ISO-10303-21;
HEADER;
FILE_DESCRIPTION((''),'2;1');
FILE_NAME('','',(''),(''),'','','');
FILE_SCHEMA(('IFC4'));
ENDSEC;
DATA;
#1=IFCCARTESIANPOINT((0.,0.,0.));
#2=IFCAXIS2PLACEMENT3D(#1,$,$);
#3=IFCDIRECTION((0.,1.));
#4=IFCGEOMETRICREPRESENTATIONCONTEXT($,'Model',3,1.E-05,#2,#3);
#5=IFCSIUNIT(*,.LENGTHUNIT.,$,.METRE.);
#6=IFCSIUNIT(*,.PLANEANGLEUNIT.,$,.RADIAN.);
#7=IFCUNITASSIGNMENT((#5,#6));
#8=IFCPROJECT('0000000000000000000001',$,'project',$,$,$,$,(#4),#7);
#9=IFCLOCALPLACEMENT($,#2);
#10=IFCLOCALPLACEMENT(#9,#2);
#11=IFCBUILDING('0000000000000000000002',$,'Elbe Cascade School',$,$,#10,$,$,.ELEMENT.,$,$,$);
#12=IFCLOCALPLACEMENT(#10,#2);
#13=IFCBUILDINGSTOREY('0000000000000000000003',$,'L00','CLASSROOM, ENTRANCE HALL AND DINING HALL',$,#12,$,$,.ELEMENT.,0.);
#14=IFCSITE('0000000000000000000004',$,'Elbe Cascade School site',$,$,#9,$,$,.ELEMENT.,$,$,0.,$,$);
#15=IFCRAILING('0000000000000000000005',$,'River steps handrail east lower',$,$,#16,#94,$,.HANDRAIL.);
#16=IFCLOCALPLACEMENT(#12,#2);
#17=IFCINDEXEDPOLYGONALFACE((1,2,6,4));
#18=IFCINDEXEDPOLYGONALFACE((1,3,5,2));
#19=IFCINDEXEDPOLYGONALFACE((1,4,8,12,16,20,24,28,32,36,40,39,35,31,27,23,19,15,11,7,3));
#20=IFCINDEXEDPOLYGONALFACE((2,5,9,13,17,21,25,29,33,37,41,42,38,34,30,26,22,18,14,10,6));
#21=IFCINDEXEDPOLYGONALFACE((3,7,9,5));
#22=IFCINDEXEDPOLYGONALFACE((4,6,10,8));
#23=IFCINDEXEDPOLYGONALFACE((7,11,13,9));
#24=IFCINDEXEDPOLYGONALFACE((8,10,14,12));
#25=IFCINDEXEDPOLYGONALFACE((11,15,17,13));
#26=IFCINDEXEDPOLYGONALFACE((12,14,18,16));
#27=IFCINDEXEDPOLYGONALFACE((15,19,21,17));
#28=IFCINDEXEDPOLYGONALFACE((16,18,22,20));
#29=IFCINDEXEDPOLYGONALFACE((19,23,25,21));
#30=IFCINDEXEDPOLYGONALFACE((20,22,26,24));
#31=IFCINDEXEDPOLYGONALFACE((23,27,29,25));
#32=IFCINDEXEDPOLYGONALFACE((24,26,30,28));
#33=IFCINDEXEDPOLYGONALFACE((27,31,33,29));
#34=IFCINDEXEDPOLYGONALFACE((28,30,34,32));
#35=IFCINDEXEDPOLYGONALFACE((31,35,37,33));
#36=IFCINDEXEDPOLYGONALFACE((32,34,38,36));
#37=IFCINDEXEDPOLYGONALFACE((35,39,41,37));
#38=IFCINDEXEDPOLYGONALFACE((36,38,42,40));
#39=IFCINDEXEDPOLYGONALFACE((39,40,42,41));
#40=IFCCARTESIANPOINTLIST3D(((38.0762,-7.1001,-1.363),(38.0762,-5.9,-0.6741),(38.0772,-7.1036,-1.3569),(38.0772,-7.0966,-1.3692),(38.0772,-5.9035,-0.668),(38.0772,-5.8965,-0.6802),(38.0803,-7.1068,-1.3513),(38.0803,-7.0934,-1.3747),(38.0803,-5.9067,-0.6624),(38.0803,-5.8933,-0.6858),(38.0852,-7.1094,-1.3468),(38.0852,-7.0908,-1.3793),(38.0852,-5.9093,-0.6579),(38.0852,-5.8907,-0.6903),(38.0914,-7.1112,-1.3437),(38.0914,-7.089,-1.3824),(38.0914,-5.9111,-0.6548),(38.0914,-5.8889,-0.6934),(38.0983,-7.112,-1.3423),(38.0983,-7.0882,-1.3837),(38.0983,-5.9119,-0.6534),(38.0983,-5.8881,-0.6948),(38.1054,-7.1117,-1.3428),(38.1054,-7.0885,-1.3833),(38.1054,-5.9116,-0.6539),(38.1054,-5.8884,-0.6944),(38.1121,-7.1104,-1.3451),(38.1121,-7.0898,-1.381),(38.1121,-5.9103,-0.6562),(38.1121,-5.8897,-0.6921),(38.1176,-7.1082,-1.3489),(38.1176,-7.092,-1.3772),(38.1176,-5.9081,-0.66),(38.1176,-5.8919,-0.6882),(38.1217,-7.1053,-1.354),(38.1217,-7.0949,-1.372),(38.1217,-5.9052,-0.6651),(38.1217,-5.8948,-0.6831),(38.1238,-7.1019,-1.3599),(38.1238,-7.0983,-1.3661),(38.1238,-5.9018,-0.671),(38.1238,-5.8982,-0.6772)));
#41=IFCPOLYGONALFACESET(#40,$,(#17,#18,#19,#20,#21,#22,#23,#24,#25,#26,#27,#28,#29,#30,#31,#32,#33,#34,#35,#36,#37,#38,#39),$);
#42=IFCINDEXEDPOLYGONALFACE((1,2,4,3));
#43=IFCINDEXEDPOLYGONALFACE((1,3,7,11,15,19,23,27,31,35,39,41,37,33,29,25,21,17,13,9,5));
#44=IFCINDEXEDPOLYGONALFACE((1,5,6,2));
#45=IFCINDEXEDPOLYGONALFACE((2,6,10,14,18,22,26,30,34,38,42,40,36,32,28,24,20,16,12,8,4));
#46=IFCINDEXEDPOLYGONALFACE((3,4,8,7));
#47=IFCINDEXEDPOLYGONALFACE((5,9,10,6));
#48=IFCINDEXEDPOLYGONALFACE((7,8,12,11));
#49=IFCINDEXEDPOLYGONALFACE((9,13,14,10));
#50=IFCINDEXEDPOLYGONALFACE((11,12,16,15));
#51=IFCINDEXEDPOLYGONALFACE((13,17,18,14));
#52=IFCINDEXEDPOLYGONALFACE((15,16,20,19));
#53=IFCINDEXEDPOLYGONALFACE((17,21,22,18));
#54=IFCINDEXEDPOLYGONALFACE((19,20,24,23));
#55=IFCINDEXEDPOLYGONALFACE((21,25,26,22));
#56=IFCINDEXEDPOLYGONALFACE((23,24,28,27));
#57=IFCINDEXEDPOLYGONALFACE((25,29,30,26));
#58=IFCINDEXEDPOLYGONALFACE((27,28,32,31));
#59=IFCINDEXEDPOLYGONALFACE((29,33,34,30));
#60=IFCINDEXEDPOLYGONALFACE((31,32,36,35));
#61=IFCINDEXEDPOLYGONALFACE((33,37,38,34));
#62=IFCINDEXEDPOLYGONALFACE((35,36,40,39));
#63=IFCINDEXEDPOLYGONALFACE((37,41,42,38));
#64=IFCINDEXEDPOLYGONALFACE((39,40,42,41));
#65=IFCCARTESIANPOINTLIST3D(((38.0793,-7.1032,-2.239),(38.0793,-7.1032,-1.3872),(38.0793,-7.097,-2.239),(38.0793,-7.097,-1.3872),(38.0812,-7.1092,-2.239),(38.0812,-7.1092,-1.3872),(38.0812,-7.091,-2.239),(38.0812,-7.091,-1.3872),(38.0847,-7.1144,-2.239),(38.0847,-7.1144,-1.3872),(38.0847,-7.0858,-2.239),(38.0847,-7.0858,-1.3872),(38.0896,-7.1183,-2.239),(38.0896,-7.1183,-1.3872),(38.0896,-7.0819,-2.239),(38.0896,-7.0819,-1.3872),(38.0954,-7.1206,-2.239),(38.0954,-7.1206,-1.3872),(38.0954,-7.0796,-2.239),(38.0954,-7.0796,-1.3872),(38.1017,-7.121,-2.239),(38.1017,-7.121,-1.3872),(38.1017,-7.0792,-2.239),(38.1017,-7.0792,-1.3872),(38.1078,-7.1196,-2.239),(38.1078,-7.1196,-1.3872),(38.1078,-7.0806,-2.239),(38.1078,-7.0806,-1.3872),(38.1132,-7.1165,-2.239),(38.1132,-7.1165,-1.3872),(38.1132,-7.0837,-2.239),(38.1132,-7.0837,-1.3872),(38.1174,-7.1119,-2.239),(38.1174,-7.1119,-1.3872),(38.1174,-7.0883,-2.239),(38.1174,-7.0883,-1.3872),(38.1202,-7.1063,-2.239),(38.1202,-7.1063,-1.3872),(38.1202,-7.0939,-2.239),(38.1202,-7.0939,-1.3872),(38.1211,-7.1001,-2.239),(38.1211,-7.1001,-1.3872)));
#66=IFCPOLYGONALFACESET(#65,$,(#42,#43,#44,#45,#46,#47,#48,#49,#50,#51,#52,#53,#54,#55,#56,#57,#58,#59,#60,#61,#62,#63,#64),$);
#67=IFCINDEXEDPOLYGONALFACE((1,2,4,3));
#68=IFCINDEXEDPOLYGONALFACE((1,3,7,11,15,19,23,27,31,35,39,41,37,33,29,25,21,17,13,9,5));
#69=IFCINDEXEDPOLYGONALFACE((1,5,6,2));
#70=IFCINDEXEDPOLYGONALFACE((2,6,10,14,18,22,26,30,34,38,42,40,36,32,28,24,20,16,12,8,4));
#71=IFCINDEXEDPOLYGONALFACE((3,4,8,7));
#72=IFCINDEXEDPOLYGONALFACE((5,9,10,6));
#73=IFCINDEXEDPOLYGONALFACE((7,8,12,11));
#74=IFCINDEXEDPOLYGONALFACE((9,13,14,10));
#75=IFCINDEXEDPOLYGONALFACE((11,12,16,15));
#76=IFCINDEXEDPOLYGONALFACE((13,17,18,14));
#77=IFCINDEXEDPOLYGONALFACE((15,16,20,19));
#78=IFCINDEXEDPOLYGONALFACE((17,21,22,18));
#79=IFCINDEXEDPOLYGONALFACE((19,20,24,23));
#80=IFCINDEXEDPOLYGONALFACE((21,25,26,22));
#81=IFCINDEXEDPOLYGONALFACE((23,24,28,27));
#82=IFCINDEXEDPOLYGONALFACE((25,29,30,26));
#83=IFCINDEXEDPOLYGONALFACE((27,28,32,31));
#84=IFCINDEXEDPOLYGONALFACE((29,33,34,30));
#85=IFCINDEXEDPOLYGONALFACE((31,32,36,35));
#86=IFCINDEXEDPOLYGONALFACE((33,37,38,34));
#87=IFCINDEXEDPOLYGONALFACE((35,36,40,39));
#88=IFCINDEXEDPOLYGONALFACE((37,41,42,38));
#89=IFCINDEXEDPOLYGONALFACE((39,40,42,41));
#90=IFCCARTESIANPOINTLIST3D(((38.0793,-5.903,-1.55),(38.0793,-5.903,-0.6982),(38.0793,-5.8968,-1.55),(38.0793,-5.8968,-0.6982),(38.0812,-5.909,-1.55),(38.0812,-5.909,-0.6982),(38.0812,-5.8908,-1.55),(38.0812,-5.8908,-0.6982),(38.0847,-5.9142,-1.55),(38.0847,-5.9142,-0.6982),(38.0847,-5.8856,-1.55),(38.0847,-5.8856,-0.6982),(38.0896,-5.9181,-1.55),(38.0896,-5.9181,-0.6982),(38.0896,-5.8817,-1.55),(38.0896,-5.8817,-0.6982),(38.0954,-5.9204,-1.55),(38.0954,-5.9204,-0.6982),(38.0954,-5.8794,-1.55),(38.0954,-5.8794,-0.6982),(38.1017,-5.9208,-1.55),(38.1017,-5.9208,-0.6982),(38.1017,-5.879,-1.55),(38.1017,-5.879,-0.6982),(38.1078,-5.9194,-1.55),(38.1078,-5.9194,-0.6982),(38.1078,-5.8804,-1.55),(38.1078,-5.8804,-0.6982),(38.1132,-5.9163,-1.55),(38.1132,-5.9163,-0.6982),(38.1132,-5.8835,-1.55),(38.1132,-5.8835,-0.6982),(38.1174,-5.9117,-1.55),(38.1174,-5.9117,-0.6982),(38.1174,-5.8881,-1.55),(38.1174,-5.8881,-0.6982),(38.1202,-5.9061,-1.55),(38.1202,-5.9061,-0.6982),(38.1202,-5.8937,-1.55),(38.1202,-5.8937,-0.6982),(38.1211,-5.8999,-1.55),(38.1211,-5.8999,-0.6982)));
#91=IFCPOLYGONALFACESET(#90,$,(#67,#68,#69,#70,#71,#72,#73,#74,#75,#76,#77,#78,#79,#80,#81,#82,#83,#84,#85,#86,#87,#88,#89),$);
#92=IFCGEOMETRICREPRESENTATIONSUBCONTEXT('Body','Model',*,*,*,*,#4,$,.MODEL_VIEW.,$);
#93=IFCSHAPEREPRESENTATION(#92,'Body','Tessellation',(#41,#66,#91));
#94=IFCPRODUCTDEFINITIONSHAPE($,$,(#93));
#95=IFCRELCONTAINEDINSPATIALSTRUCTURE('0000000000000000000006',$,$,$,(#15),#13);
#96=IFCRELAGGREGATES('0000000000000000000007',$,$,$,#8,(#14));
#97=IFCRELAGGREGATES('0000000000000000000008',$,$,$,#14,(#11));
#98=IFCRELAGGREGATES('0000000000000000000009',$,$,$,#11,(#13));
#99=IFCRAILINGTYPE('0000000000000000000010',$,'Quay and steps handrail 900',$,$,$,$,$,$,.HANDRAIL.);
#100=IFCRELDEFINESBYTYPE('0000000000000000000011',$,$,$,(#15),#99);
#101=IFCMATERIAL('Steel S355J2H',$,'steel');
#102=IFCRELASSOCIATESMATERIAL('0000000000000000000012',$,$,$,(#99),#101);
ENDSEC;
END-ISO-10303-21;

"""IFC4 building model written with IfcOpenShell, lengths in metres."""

from ifc_helpers import new_model, si_unit, direction, frame, origin, origin_2d, place, context, subcontext, project, spatial, circle, extrude, material, type_object, element, save


model = new_model("IFC4")

# Units and contexts
model_context = context("Model", 3, precision=1e-05, world=origin(), true_north=direction((0.0, 1.0)))
body_context = subcontext(model_context, "Body", "Model", "MODEL_VIEW")
ifc_project = project(units=[si_unit("LENGTHUNIT", "METRE"), si_unit("PLANEANGLEUNIT", "RADIAN")], contexts=[model_context])

# Site, building, storey
site_placement = place(None, origin())
site = spatial("IfcSite", under=ifc_project, at=site_placement, Name="Elbe Cascade School site", CompositionType="ELEMENT", RefElevation=0.0)
building_placement = place(site_placement, origin())
building = spatial("IfcBuilding", under=site, at=building_placement, Name="Elbe Cascade School", CompositionType="ELEMENT")
storey_placement = place(building_placement, origin())
storey = spatial("IfcBuildingStorey", under=building, at=storey_placement, Name="L00", Description="CLASSROOM, ENTRANCE HALL AND DINING HALL", CompositionType="ELEMENT", Elevation=0.0)

# Railing
ifc_material_1 = material(Name="Steel S355J2H", Category="steel")
railing_type_1 = type_object("IfcRailingType", Name="Quay and steps handrail 900", PredefinedType="HANDRAIL", material=ifc_material_1)
railing_1_placement = place(storey_placement, frame((38.1001, -7.1001, -2.239)))
element("IfcRailing", 1, at=railing_1_placement, inside=storey, type_object=railing_type_1, Name="River steps handrail east lower", PredefinedType="HANDRAIL", context=body_context, shape_type="SweptSolid", body=[
    extrude(circle(Radius=0.0239, at=origin_2d()), frame((0.0, 0.0, 0.876), z_axis=(0.0, 0.867264, 0.497848), x_axis=(-1.0, 0.0, 0.0)), (0.0, 0.0, 1.0), 1.3838),
    extrude(circle(Radius=0.021, at=origin_2d()), origin(), (0.0, 0.0, 1.0), 0.8518),
    extrude(circle(Radius=0.021, at=origin_2d()), frame((0.0, 1.2002, 0.689)), (0.0, 0.0, 1.0), 0.8518),
])

save(model, "model.ifc")
